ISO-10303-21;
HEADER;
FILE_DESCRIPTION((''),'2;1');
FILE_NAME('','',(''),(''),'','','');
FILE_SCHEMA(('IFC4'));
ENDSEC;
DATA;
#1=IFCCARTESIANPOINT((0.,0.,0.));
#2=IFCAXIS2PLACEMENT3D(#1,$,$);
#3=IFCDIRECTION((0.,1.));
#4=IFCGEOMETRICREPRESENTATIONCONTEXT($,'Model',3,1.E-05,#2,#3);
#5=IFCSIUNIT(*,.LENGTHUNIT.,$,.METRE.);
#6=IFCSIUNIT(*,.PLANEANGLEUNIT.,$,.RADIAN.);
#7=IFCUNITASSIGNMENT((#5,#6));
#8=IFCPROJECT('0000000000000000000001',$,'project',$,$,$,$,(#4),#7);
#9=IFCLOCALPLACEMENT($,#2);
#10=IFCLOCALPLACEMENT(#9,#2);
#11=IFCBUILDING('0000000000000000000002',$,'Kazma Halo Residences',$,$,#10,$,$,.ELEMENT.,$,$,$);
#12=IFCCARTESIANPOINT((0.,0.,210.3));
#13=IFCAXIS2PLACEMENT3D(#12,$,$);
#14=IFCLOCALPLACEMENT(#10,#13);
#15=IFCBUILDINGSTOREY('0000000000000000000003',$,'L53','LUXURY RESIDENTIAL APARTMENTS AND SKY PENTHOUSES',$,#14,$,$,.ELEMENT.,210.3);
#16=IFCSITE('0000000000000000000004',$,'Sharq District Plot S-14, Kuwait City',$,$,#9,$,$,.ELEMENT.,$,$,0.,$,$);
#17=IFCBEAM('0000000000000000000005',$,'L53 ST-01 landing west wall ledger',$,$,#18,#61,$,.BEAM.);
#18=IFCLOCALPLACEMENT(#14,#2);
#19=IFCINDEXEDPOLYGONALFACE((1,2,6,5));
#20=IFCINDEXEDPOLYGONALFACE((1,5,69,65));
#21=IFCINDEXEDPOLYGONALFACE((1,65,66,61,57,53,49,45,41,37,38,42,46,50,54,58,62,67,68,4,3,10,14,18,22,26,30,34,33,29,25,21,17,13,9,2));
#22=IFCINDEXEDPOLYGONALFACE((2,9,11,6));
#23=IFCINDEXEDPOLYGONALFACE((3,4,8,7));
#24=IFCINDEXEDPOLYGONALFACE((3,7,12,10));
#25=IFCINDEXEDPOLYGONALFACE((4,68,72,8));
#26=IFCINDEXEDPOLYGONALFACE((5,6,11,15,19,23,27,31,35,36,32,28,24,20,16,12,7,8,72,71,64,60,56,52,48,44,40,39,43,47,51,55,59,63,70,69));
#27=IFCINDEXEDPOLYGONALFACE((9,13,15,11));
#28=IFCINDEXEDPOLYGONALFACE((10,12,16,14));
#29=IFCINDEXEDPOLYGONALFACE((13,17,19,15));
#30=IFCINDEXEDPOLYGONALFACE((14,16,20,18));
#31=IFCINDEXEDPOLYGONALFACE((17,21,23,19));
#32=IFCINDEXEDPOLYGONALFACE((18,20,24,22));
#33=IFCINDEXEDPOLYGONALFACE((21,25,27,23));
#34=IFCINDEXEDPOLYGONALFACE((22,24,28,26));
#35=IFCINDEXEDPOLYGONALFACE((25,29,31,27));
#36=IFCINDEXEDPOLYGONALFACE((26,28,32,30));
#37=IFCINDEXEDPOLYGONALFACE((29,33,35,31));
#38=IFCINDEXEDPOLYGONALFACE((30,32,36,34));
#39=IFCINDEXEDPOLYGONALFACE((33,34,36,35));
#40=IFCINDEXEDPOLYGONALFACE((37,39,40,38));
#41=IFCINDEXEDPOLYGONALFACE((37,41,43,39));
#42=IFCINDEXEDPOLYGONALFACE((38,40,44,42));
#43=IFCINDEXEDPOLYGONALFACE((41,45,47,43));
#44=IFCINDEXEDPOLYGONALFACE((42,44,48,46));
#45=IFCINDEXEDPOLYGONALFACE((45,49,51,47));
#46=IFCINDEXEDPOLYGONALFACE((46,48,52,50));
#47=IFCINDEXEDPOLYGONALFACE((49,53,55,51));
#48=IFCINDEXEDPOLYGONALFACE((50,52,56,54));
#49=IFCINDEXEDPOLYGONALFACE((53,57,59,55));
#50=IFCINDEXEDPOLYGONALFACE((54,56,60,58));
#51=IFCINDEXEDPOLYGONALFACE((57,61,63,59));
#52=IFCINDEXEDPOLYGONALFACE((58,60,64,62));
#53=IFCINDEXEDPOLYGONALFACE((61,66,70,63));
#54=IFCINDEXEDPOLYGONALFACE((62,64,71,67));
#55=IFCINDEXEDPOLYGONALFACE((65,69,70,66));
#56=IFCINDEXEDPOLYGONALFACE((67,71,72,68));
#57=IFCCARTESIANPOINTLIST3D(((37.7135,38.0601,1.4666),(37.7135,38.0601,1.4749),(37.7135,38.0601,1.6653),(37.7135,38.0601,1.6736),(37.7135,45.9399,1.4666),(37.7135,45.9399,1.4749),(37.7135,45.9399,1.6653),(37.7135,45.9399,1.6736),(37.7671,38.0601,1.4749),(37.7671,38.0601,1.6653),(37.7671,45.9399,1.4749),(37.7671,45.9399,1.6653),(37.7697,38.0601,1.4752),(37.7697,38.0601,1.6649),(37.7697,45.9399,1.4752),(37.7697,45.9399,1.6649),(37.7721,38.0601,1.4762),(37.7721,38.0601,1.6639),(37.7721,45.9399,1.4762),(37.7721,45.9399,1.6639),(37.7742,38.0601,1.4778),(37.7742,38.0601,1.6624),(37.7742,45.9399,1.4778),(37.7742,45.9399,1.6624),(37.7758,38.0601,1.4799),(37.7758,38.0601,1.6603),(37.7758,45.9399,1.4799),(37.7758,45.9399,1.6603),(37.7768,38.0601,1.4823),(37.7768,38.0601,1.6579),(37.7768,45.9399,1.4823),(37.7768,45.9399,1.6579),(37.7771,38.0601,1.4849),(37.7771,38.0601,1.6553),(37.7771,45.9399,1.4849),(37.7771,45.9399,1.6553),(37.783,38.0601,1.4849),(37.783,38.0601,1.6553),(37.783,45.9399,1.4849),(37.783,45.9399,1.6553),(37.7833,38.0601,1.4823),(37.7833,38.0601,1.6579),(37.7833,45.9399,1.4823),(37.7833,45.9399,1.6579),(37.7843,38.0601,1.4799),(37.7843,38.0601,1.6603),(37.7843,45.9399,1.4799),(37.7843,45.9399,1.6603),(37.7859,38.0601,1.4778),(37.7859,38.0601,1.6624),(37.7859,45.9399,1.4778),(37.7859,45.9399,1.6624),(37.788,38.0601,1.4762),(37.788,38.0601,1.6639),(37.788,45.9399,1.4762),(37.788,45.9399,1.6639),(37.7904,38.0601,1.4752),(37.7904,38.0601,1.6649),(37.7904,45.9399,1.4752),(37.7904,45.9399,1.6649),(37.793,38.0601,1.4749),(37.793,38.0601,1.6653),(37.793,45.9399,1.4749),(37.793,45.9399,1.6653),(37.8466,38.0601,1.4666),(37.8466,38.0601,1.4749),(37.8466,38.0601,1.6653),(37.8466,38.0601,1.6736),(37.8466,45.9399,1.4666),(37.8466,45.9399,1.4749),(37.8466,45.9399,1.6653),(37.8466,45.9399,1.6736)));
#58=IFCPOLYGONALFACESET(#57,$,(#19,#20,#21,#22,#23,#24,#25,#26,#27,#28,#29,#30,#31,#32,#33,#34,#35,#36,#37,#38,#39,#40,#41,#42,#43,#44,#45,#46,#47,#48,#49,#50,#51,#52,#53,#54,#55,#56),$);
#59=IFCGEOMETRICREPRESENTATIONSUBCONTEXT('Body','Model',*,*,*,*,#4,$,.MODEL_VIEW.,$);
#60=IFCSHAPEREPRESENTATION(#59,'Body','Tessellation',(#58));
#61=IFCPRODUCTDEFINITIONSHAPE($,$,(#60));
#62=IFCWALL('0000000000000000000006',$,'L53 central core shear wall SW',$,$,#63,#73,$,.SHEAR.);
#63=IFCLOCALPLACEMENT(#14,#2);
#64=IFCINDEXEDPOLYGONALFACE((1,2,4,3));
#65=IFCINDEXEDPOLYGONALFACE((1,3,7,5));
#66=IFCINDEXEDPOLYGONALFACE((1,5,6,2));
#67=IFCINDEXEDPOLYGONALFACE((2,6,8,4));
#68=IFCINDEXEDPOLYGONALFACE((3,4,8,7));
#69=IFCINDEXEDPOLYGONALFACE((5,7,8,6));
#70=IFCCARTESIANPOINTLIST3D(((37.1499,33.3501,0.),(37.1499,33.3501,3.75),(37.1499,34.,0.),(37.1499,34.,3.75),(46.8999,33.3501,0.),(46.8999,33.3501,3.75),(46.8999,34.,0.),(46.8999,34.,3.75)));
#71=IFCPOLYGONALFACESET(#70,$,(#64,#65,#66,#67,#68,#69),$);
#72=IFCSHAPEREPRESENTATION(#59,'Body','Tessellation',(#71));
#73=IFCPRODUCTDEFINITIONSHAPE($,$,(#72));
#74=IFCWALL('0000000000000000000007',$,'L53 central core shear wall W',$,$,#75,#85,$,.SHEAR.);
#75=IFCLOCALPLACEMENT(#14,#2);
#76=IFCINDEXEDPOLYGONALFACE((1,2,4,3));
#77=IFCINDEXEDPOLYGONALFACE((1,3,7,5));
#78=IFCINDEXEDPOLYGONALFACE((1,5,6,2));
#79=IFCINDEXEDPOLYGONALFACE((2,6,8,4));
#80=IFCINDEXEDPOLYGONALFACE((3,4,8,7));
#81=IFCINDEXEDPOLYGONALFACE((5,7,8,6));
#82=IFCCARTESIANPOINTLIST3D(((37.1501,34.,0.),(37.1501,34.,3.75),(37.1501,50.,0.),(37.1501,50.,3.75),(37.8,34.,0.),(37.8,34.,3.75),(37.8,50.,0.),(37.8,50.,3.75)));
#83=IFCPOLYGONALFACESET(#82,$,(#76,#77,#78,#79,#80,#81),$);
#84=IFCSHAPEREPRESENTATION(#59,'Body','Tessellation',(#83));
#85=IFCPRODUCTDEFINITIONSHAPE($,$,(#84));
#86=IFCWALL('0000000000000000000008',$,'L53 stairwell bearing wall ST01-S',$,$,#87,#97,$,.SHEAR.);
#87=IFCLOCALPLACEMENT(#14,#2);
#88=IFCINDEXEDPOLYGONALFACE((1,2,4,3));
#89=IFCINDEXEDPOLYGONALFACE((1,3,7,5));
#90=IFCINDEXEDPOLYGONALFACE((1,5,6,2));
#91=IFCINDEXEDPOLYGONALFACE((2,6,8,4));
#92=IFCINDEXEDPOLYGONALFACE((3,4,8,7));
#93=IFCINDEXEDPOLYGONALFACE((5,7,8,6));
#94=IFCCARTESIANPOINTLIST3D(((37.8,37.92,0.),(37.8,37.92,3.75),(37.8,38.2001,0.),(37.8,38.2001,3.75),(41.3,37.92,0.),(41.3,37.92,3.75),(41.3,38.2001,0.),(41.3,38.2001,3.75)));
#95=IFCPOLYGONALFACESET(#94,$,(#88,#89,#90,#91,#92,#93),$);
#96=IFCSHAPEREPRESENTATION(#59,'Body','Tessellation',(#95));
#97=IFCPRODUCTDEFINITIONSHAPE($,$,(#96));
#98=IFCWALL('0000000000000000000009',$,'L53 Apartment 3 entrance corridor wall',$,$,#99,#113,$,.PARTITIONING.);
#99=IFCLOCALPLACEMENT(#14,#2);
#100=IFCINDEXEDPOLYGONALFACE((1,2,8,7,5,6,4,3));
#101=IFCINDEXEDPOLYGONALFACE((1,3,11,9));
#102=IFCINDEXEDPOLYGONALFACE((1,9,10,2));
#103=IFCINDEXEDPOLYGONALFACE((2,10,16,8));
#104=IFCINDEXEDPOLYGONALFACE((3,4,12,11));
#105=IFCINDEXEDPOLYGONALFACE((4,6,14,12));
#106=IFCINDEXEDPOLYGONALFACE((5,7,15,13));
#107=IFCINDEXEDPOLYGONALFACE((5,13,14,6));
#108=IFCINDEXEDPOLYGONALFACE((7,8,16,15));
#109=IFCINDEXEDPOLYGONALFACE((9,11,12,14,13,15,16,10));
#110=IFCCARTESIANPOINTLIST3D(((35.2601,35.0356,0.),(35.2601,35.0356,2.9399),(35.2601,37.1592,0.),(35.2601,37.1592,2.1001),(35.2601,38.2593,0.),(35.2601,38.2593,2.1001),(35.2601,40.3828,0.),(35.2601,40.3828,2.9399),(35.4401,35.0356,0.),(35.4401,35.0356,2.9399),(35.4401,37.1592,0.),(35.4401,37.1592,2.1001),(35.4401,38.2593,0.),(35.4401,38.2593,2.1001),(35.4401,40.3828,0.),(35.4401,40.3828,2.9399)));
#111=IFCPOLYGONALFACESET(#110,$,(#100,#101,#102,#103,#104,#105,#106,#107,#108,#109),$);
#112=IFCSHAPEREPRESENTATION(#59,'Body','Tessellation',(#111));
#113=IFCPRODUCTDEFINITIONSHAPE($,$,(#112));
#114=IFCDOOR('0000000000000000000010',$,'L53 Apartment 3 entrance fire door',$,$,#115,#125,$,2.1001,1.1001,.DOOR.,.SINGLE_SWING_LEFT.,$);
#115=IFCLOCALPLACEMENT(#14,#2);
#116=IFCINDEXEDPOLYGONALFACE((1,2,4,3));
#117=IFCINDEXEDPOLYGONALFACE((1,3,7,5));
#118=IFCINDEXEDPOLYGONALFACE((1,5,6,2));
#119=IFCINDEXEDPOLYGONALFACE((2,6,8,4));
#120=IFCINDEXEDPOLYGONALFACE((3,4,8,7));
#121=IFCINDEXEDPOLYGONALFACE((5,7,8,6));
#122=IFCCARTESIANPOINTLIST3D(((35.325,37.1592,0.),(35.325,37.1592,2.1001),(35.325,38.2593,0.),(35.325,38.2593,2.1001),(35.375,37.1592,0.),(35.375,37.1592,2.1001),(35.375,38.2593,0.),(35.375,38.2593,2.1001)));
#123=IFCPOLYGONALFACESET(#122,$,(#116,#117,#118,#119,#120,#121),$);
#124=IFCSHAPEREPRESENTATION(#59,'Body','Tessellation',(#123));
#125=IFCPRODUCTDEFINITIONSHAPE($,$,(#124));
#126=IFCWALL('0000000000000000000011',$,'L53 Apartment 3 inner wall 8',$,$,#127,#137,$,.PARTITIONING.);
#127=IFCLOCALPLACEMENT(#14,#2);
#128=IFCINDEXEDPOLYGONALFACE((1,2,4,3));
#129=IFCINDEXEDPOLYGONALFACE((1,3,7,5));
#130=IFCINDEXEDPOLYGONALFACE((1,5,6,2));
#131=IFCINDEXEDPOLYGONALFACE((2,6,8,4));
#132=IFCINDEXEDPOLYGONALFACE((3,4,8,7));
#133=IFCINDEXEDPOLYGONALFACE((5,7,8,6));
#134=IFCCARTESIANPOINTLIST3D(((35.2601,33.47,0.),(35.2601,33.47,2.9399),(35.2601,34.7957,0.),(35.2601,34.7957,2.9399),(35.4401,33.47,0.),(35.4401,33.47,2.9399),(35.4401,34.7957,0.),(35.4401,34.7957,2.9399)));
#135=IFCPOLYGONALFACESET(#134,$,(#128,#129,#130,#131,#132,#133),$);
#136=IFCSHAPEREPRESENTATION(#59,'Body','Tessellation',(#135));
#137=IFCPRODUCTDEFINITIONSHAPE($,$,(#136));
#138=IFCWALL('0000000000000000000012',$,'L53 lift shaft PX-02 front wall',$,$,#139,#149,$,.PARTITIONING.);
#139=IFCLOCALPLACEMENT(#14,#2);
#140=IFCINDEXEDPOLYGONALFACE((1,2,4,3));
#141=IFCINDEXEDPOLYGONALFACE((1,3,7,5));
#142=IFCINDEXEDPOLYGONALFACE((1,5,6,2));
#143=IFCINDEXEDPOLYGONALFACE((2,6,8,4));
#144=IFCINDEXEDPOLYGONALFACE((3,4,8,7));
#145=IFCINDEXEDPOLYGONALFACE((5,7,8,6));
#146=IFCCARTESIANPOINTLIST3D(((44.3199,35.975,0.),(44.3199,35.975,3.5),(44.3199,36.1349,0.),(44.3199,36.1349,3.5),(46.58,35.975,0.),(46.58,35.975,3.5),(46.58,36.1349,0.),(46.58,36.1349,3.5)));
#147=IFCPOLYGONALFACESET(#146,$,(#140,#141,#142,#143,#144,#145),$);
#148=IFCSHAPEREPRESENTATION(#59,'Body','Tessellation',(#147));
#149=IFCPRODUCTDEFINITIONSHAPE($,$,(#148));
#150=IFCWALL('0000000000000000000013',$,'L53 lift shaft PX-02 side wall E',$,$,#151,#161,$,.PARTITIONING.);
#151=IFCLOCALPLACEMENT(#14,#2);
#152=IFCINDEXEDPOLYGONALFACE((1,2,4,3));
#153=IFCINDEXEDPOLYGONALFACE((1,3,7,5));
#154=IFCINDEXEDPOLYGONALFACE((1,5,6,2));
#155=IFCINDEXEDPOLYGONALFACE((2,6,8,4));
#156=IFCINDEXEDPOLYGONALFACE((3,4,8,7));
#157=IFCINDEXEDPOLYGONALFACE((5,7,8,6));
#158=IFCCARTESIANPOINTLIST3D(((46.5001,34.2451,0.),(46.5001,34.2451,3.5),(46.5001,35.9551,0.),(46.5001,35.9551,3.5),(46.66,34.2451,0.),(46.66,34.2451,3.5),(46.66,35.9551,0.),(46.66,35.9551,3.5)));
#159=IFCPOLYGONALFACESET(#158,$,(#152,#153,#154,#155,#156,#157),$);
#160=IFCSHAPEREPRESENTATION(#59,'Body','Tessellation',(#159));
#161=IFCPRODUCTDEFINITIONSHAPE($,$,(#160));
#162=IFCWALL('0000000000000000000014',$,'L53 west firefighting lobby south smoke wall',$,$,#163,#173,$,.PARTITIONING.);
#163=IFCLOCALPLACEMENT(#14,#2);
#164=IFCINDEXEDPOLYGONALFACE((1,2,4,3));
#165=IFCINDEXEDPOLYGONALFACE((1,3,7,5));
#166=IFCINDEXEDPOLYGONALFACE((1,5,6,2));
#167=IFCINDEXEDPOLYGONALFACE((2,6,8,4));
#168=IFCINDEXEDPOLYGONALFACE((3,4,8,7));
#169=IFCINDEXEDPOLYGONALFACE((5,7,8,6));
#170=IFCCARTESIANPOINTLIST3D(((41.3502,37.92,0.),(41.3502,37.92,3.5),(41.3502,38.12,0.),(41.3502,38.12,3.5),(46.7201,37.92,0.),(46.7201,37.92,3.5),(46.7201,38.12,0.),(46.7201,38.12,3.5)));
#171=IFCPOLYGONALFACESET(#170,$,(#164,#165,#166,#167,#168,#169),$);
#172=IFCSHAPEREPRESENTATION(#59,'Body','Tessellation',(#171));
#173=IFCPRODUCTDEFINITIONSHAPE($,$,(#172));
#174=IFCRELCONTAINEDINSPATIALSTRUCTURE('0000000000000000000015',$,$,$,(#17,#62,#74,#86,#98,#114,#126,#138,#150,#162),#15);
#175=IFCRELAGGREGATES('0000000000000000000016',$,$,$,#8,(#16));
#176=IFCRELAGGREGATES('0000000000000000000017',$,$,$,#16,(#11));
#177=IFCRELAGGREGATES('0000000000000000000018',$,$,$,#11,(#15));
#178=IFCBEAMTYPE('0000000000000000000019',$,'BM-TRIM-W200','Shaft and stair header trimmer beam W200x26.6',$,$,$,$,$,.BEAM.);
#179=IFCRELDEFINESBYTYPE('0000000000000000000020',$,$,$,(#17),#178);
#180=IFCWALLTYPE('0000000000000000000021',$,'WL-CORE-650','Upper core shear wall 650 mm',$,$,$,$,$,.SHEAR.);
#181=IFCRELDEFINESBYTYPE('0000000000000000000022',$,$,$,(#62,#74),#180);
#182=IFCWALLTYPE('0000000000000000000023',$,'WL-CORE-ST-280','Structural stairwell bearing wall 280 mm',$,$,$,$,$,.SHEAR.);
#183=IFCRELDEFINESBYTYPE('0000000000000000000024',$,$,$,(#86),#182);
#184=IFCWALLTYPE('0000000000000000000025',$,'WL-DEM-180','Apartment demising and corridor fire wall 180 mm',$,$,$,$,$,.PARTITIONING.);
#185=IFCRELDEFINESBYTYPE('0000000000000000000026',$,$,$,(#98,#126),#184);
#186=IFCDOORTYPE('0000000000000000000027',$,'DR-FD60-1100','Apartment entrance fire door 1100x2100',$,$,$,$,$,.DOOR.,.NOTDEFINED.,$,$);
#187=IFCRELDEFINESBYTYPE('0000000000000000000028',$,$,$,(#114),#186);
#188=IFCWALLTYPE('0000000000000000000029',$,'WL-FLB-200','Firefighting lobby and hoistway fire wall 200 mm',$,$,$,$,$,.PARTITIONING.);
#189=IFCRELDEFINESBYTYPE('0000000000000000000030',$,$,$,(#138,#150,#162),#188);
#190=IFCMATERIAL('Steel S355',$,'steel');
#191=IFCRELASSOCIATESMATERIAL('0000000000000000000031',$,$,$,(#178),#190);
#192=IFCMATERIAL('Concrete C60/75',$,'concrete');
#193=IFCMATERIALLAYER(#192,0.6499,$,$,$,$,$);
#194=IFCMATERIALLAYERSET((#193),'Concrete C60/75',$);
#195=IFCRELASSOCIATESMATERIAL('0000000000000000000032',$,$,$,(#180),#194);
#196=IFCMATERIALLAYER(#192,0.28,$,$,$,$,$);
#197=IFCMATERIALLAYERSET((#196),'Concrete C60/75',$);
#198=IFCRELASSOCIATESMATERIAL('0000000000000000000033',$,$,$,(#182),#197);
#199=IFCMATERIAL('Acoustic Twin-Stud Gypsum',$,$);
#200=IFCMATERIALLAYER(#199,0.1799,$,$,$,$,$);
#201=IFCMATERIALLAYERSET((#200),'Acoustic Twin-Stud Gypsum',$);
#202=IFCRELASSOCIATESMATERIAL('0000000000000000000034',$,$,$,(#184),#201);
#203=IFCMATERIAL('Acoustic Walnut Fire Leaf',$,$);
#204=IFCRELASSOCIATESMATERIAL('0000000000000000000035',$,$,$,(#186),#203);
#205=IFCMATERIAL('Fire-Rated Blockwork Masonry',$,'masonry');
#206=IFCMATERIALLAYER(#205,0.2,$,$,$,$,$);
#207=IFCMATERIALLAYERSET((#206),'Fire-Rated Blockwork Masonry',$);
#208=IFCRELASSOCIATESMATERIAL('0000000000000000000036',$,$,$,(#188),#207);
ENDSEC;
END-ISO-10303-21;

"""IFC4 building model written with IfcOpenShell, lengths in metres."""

from ifc_helpers import new_model, si_unit, direction, frame, frame_2d, origin, origin_2d, place, context, subcontext, project, spatial, rectangle, i_section, extrude, material, layer, layer_set, material_profile, profile_set, type_object, element, fill, save


model = new_model("IFC4")

# Units and contexts
model_context = context("Model", 3, precision=1e-05, world=origin(), true_north=direction((0.0, 1.0)))
body_context = subcontext(model_context, "Body", "Model", "MODEL_VIEW")
ifc_project = project(units=[si_unit("LENGTHUNIT", "METRE"), si_unit("PLANEANGLEUNIT", "RADIAN")], contexts=[model_context])

# Site, building, storey
site_placement = place(None, origin())
site = spatial("IfcSite", under=ifc_project, at=site_placement, Name="Sharq District Plot S-14, Kuwait City", CompositionType="ELEMENT", RefElevation=0.0)
building_placement = place(site_placement, origin())
building = spatial("IfcBuilding", under=site, at=building_placement, Name="Kazma Halo Residences", CompositionType="ELEMENT")
storey_placement = place(building_placement, frame((0.0, 0.0, 210.3)))
storey = spatial("IfcBuildingStorey", under=building, at=storey_placement, Name="L53", Description="LUXURY RESIDENTIAL APARTMENTS AND SKY PENTHOUSES", CompositionType="ELEMENT", Elevation=210.3)

# Beam
ifc_material_1 = material(Name="Steel S355", Category="steel")
ifc_material_profile_1 = material_profile(ifc_material_1, i_section(OverallWidth=0.1331, OverallDepth=0.207, WebThickness=0.0059, FlangeThickness=0.0083, FilletRadius=0.01, at=origin_2d()), Name="W200x26.6")
ifc_profile_set_1 = profile_set([ifc_material_profile_1], Name="Steel S355")
beam_type_1 = type_object("IfcBeamType", Name="BM-TRIM-W200", Description="Shaft and stair header trimmer beam W200x26.6", PredefinedType="BEAM", material=ifc_profile_set_1)
beam_1_placement = place(storey_placement, frame((37.78, 38.0601, 1.5701), z_axis=(0.0, 1.0, 0.0), x_axis=(-1.0, 0.0, 0.0)))
element("IfcBeam", 1, at=beam_1_placement, inside=storey, type_object=beam_type_1, Name="L53 ST-01 landing west wall ledger", PredefinedType="BEAM", context=body_context, shape_type="SweptSolid", body=[
    extrude(i_section(OverallWidth=0.1331, OverallDepth=0.207, WebThickness=0.0059, FlangeThickness=0.0083, FilletRadius=0.01, at=origin_2d()), origin(), (0.0, 0.0, 1.0), 7.8799),
])

# Walls
ifc_material_2 = material(Name="Concrete C60/75", Category="concrete")
ifc_layer_1 = layer(ifc_material_2, 0.6499)
ifc_layer_set_1 = layer_set([ifc_layer_1], Name="Concrete C60/75")
wall_type_1 = type_object("IfcWallType", Name="WL-CORE-650", Description="Upper core shear wall 650 mm", PredefinedType="SHEAR", material=ifc_layer_set_1)
wall_1_placement = place(storey_placement, frame((37.1499, 33.675, 0.0), z_axis=(0.0, 0.0, 1.0), x_axis=(1.0, 0.0, 0.0)))
element("IfcWall", 2, at=wall_1_placement, inside=storey, type_object=wall_type_1, Name="L53 central core shear wall SW", PredefinedType="SHEAR", context=body_context, shape_type="SweptSolid", body=[
    extrude(rectangle(XDim=9.75, YDim=0.6499, at=frame_2d((4.875, 0.0))), origin(), (0.0, 0.0, 1.0), 3.75),
])
wall_2_placement = place(storey_placement, frame((37.4751, 34.0, 0.0), z_axis=(0.0, 0.0, 1.0), x_axis=(0.0, 1.0, 0.0)))
element("IfcWall", 3, at=wall_2_placement, inside=storey, type_object=wall_type_1, Name="L53 central core shear wall W", PredefinedType="SHEAR", context=body_context, shape_type="SweptSolid", body=[
    extrude(rectangle(XDim=16.0, YDim=0.6499, at=frame_2d((8.0, 0.0))), origin(), (0.0, 0.0, 1.0), 3.75),
])
ifc_layer_2 = layer(ifc_material_2, 0.28)
ifc_layer_set_2 = layer_set([ifc_layer_2], Name="Concrete C60/75")
wall_type_2 = type_object("IfcWallType", Name="WL-CORE-ST-280", Description="Structural stairwell bearing wall 280 mm", PredefinedType="SHEAR", material=ifc_layer_set_2)
wall_3_placement = place(storey_placement, frame((37.8, 38.0601, 0.0), z_axis=(0.0, 0.0, 1.0), x_axis=(1.0, 0.0, 0.0)))
element("IfcWall", 4, at=wall_3_placement, inside=storey, type_object=wall_type_2, Name="L53 stairwell bearing wall ST01-S", PredefinedType="SHEAR", context=body_context, shape_type="SweptSolid", body=[
    extrude(rectangle(XDim=3.5, YDim=0.28, at=frame_2d((1.75, 0.0))), origin(), (0.0, 0.0, 1.0), 3.75),
])

# Wall, opening, door
ifc_material_3 = material(Name="Acoustic Twin-Stud Gypsum")
ifc_layer_3 = layer(ifc_material_3, 0.1799)
ifc_layer_set_3 = layer_set([ifc_layer_3], Name="Acoustic Twin-Stud Gypsum")
wall_type_3 = type_object("IfcWallType", Name="WL-DEM-180", Description="Apartment demising and corridor fire wall 180 mm", PredefinedType="PARTITIONING", material=ifc_layer_set_3)
wall_4_placement = place(storey_placement, frame((35.3501, 40.3828, 0.0), z_axis=(0.0, 0.0, 1.0), x_axis=(0.0, -1.0, 0.0)))
wall_4 = element("IfcWall", 5, at=wall_4_placement, inside=storey, type_object=wall_type_3, Name="L53 Apartment 3 entrance corridor wall", PredefinedType="PARTITIONING", context=body_context, shape_type="SweptSolid", body=[
    extrude(rectangle(XDim=5.3472, YDim=0.1799, at=frame_2d((2.6736, 0.0))), origin(), (0.0, 0.0, 1.0), 2.9399),
])
opening_1_placement = place(wall_4_placement, frame((2.1235, 0.0, 0.0)))
opening_1 = element("IfcOpeningElement", 6, at=opening_1_placement, cuts=wall_4, PredefinedType="OPENING", context=body_context, shape_type="SweptSolid", body=[
    extrude(rectangle(XDim=1.1001, YDim=2.1001, at=frame_2d((0.55, 1.05))), frame((0.0, 0.0999, 0.0), z_axis=(0.0, -1.0, 0.0), x_axis=(1.0, 0.0, 0.0)), (0.0, 0.0, 1.0), 0.2),
])
ifc_material_4 = material(Name="Acoustic Walnut Fire Leaf")
door_type_1 = type_object("IfcDoorType", Name="DR-FD60-1100", Description="Apartment entrance fire door 1100x2100", OperationType="NOTDEFINED", PredefinedType="DOOR", material=ifc_material_4)
door_1_placement = place(opening_1_placement, origin())
door_1 = element("IfcDoor", 7, at=door_1_placement, inside=storey, type_object=door_type_1, Name="L53 Apartment 3 entrance fire door", OperationType="SINGLE_SWING_LEFT", OverallHeight=2.1001, OverallWidth=1.1001, PredefinedType="DOOR", context=body_context, shape_type="SweptSolid", body=[
    extrude(rectangle(XDim=1.1001, YDim=2.1001, at=frame_2d((0.55, 1.05))), frame((0.0, 0.0249, 0.0), z_axis=(0.0, -1.0, 0.0), x_axis=(1.0, 0.0, 0.0)), (0.0, 0.0, 1.0), 0.05),
])
fill(opening_1, door_1)

# Walls
wall_5_placement = place(storey_placement, frame((35.3501, 34.7957, 0.0), z_axis=(0.0, 0.0, 1.0), x_axis=(0.0, -1.0, 0.0)))
element("IfcWall", 8, at=wall_5_placement, inside=storey, type_object=wall_type_3, Name="L53 Apartment 3 inner wall 8", PredefinedType="PARTITIONING", context=body_context, shape_type="SweptSolid", body=[
    extrude(rectangle(XDim=1.3257, YDim=0.1799, at=frame_2d((0.6628, 0.0))), origin(), (0.0, 0.0, 1.0), 2.9399),
])
ifc_material_5 = material(Name="Fire-Rated Blockwork Masonry", Category="masonry")
ifc_layer_4 = layer(ifc_material_5, 0.2)
ifc_layer_set_4 = layer_set([ifc_layer_4], Name="Fire-Rated Blockwork Masonry")
wall_type_4 = type_object("IfcWallType", Name="WL-FLB-200", Description="Firefighting lobby and hoistway fire wall 200 mm", PredefinedType="PARTITIONING", material=ifc_layer_set_4)
wall_6_placement = place(storey_placement, frame((44.3201, 36.0549, 0.0), z_axis=(0.0, 0.0, 1.0), x_axis=(1.0, 0.0, 0.0)))
element("IfcWall", 9, at=wall_6_placement, inside=storey, type_object=wall_type_4, Name="L53 lift shaft PX-02 front wall", PredefinedType="PARTITIONING", context=body_context, shape_type="SweptSolid", body=[
    extrude(rectangle(XDim=2.26, YDim=0.1599, at=frame_2d((1.1299, 0.0))), origin(), (0.0, 0.0, 1.0), 3.5),
])
wall_7_placement = place(storey_placement, frame((46.5801, 34.2451, 0.0), z_axis=(0.0, 0.0, 1.0), x_axis=(0.0, 1.0, 0.0)))
element("IfcWall", 10, at=wall_7_placement, inside=storey, type_object=wall_type_4, Name="L53 lift shaft PX-02 side wall E", PredefinedType="PARTITIONING", context=body_context, shape_type="SweptSolid", body=[
    extrude(rectangle(XDim=1.71, YDim=0.1599, at=frame_2d((0.855, 0.0))), origin(), (0.0, 0.0, 1.0), 3.5),
])
wall_8_placement = place(storey_placement, frame((41.3501, 38.02, 0.0), z_axis=(0.0, 0.0, 1.0), x_axis=(1.0, 0.0, 0.0)))
element("IfcWall", 11, at=wall_8_placement, inside=storey, type_object=wall_type_4, Name="L53 west firefighting lobby south smoke wall", PredefinedType="PARTITIONING", context=body_context, shape_type="SweptSolid", body=[
    extrude(rectangle(XDim=5.3699, YDim=0.2, at=frame_2d((2.6851, 0.0))), origin(), (0.0, 0.0, 1.0), 3.5),
])

save(model, "model.ifc")
